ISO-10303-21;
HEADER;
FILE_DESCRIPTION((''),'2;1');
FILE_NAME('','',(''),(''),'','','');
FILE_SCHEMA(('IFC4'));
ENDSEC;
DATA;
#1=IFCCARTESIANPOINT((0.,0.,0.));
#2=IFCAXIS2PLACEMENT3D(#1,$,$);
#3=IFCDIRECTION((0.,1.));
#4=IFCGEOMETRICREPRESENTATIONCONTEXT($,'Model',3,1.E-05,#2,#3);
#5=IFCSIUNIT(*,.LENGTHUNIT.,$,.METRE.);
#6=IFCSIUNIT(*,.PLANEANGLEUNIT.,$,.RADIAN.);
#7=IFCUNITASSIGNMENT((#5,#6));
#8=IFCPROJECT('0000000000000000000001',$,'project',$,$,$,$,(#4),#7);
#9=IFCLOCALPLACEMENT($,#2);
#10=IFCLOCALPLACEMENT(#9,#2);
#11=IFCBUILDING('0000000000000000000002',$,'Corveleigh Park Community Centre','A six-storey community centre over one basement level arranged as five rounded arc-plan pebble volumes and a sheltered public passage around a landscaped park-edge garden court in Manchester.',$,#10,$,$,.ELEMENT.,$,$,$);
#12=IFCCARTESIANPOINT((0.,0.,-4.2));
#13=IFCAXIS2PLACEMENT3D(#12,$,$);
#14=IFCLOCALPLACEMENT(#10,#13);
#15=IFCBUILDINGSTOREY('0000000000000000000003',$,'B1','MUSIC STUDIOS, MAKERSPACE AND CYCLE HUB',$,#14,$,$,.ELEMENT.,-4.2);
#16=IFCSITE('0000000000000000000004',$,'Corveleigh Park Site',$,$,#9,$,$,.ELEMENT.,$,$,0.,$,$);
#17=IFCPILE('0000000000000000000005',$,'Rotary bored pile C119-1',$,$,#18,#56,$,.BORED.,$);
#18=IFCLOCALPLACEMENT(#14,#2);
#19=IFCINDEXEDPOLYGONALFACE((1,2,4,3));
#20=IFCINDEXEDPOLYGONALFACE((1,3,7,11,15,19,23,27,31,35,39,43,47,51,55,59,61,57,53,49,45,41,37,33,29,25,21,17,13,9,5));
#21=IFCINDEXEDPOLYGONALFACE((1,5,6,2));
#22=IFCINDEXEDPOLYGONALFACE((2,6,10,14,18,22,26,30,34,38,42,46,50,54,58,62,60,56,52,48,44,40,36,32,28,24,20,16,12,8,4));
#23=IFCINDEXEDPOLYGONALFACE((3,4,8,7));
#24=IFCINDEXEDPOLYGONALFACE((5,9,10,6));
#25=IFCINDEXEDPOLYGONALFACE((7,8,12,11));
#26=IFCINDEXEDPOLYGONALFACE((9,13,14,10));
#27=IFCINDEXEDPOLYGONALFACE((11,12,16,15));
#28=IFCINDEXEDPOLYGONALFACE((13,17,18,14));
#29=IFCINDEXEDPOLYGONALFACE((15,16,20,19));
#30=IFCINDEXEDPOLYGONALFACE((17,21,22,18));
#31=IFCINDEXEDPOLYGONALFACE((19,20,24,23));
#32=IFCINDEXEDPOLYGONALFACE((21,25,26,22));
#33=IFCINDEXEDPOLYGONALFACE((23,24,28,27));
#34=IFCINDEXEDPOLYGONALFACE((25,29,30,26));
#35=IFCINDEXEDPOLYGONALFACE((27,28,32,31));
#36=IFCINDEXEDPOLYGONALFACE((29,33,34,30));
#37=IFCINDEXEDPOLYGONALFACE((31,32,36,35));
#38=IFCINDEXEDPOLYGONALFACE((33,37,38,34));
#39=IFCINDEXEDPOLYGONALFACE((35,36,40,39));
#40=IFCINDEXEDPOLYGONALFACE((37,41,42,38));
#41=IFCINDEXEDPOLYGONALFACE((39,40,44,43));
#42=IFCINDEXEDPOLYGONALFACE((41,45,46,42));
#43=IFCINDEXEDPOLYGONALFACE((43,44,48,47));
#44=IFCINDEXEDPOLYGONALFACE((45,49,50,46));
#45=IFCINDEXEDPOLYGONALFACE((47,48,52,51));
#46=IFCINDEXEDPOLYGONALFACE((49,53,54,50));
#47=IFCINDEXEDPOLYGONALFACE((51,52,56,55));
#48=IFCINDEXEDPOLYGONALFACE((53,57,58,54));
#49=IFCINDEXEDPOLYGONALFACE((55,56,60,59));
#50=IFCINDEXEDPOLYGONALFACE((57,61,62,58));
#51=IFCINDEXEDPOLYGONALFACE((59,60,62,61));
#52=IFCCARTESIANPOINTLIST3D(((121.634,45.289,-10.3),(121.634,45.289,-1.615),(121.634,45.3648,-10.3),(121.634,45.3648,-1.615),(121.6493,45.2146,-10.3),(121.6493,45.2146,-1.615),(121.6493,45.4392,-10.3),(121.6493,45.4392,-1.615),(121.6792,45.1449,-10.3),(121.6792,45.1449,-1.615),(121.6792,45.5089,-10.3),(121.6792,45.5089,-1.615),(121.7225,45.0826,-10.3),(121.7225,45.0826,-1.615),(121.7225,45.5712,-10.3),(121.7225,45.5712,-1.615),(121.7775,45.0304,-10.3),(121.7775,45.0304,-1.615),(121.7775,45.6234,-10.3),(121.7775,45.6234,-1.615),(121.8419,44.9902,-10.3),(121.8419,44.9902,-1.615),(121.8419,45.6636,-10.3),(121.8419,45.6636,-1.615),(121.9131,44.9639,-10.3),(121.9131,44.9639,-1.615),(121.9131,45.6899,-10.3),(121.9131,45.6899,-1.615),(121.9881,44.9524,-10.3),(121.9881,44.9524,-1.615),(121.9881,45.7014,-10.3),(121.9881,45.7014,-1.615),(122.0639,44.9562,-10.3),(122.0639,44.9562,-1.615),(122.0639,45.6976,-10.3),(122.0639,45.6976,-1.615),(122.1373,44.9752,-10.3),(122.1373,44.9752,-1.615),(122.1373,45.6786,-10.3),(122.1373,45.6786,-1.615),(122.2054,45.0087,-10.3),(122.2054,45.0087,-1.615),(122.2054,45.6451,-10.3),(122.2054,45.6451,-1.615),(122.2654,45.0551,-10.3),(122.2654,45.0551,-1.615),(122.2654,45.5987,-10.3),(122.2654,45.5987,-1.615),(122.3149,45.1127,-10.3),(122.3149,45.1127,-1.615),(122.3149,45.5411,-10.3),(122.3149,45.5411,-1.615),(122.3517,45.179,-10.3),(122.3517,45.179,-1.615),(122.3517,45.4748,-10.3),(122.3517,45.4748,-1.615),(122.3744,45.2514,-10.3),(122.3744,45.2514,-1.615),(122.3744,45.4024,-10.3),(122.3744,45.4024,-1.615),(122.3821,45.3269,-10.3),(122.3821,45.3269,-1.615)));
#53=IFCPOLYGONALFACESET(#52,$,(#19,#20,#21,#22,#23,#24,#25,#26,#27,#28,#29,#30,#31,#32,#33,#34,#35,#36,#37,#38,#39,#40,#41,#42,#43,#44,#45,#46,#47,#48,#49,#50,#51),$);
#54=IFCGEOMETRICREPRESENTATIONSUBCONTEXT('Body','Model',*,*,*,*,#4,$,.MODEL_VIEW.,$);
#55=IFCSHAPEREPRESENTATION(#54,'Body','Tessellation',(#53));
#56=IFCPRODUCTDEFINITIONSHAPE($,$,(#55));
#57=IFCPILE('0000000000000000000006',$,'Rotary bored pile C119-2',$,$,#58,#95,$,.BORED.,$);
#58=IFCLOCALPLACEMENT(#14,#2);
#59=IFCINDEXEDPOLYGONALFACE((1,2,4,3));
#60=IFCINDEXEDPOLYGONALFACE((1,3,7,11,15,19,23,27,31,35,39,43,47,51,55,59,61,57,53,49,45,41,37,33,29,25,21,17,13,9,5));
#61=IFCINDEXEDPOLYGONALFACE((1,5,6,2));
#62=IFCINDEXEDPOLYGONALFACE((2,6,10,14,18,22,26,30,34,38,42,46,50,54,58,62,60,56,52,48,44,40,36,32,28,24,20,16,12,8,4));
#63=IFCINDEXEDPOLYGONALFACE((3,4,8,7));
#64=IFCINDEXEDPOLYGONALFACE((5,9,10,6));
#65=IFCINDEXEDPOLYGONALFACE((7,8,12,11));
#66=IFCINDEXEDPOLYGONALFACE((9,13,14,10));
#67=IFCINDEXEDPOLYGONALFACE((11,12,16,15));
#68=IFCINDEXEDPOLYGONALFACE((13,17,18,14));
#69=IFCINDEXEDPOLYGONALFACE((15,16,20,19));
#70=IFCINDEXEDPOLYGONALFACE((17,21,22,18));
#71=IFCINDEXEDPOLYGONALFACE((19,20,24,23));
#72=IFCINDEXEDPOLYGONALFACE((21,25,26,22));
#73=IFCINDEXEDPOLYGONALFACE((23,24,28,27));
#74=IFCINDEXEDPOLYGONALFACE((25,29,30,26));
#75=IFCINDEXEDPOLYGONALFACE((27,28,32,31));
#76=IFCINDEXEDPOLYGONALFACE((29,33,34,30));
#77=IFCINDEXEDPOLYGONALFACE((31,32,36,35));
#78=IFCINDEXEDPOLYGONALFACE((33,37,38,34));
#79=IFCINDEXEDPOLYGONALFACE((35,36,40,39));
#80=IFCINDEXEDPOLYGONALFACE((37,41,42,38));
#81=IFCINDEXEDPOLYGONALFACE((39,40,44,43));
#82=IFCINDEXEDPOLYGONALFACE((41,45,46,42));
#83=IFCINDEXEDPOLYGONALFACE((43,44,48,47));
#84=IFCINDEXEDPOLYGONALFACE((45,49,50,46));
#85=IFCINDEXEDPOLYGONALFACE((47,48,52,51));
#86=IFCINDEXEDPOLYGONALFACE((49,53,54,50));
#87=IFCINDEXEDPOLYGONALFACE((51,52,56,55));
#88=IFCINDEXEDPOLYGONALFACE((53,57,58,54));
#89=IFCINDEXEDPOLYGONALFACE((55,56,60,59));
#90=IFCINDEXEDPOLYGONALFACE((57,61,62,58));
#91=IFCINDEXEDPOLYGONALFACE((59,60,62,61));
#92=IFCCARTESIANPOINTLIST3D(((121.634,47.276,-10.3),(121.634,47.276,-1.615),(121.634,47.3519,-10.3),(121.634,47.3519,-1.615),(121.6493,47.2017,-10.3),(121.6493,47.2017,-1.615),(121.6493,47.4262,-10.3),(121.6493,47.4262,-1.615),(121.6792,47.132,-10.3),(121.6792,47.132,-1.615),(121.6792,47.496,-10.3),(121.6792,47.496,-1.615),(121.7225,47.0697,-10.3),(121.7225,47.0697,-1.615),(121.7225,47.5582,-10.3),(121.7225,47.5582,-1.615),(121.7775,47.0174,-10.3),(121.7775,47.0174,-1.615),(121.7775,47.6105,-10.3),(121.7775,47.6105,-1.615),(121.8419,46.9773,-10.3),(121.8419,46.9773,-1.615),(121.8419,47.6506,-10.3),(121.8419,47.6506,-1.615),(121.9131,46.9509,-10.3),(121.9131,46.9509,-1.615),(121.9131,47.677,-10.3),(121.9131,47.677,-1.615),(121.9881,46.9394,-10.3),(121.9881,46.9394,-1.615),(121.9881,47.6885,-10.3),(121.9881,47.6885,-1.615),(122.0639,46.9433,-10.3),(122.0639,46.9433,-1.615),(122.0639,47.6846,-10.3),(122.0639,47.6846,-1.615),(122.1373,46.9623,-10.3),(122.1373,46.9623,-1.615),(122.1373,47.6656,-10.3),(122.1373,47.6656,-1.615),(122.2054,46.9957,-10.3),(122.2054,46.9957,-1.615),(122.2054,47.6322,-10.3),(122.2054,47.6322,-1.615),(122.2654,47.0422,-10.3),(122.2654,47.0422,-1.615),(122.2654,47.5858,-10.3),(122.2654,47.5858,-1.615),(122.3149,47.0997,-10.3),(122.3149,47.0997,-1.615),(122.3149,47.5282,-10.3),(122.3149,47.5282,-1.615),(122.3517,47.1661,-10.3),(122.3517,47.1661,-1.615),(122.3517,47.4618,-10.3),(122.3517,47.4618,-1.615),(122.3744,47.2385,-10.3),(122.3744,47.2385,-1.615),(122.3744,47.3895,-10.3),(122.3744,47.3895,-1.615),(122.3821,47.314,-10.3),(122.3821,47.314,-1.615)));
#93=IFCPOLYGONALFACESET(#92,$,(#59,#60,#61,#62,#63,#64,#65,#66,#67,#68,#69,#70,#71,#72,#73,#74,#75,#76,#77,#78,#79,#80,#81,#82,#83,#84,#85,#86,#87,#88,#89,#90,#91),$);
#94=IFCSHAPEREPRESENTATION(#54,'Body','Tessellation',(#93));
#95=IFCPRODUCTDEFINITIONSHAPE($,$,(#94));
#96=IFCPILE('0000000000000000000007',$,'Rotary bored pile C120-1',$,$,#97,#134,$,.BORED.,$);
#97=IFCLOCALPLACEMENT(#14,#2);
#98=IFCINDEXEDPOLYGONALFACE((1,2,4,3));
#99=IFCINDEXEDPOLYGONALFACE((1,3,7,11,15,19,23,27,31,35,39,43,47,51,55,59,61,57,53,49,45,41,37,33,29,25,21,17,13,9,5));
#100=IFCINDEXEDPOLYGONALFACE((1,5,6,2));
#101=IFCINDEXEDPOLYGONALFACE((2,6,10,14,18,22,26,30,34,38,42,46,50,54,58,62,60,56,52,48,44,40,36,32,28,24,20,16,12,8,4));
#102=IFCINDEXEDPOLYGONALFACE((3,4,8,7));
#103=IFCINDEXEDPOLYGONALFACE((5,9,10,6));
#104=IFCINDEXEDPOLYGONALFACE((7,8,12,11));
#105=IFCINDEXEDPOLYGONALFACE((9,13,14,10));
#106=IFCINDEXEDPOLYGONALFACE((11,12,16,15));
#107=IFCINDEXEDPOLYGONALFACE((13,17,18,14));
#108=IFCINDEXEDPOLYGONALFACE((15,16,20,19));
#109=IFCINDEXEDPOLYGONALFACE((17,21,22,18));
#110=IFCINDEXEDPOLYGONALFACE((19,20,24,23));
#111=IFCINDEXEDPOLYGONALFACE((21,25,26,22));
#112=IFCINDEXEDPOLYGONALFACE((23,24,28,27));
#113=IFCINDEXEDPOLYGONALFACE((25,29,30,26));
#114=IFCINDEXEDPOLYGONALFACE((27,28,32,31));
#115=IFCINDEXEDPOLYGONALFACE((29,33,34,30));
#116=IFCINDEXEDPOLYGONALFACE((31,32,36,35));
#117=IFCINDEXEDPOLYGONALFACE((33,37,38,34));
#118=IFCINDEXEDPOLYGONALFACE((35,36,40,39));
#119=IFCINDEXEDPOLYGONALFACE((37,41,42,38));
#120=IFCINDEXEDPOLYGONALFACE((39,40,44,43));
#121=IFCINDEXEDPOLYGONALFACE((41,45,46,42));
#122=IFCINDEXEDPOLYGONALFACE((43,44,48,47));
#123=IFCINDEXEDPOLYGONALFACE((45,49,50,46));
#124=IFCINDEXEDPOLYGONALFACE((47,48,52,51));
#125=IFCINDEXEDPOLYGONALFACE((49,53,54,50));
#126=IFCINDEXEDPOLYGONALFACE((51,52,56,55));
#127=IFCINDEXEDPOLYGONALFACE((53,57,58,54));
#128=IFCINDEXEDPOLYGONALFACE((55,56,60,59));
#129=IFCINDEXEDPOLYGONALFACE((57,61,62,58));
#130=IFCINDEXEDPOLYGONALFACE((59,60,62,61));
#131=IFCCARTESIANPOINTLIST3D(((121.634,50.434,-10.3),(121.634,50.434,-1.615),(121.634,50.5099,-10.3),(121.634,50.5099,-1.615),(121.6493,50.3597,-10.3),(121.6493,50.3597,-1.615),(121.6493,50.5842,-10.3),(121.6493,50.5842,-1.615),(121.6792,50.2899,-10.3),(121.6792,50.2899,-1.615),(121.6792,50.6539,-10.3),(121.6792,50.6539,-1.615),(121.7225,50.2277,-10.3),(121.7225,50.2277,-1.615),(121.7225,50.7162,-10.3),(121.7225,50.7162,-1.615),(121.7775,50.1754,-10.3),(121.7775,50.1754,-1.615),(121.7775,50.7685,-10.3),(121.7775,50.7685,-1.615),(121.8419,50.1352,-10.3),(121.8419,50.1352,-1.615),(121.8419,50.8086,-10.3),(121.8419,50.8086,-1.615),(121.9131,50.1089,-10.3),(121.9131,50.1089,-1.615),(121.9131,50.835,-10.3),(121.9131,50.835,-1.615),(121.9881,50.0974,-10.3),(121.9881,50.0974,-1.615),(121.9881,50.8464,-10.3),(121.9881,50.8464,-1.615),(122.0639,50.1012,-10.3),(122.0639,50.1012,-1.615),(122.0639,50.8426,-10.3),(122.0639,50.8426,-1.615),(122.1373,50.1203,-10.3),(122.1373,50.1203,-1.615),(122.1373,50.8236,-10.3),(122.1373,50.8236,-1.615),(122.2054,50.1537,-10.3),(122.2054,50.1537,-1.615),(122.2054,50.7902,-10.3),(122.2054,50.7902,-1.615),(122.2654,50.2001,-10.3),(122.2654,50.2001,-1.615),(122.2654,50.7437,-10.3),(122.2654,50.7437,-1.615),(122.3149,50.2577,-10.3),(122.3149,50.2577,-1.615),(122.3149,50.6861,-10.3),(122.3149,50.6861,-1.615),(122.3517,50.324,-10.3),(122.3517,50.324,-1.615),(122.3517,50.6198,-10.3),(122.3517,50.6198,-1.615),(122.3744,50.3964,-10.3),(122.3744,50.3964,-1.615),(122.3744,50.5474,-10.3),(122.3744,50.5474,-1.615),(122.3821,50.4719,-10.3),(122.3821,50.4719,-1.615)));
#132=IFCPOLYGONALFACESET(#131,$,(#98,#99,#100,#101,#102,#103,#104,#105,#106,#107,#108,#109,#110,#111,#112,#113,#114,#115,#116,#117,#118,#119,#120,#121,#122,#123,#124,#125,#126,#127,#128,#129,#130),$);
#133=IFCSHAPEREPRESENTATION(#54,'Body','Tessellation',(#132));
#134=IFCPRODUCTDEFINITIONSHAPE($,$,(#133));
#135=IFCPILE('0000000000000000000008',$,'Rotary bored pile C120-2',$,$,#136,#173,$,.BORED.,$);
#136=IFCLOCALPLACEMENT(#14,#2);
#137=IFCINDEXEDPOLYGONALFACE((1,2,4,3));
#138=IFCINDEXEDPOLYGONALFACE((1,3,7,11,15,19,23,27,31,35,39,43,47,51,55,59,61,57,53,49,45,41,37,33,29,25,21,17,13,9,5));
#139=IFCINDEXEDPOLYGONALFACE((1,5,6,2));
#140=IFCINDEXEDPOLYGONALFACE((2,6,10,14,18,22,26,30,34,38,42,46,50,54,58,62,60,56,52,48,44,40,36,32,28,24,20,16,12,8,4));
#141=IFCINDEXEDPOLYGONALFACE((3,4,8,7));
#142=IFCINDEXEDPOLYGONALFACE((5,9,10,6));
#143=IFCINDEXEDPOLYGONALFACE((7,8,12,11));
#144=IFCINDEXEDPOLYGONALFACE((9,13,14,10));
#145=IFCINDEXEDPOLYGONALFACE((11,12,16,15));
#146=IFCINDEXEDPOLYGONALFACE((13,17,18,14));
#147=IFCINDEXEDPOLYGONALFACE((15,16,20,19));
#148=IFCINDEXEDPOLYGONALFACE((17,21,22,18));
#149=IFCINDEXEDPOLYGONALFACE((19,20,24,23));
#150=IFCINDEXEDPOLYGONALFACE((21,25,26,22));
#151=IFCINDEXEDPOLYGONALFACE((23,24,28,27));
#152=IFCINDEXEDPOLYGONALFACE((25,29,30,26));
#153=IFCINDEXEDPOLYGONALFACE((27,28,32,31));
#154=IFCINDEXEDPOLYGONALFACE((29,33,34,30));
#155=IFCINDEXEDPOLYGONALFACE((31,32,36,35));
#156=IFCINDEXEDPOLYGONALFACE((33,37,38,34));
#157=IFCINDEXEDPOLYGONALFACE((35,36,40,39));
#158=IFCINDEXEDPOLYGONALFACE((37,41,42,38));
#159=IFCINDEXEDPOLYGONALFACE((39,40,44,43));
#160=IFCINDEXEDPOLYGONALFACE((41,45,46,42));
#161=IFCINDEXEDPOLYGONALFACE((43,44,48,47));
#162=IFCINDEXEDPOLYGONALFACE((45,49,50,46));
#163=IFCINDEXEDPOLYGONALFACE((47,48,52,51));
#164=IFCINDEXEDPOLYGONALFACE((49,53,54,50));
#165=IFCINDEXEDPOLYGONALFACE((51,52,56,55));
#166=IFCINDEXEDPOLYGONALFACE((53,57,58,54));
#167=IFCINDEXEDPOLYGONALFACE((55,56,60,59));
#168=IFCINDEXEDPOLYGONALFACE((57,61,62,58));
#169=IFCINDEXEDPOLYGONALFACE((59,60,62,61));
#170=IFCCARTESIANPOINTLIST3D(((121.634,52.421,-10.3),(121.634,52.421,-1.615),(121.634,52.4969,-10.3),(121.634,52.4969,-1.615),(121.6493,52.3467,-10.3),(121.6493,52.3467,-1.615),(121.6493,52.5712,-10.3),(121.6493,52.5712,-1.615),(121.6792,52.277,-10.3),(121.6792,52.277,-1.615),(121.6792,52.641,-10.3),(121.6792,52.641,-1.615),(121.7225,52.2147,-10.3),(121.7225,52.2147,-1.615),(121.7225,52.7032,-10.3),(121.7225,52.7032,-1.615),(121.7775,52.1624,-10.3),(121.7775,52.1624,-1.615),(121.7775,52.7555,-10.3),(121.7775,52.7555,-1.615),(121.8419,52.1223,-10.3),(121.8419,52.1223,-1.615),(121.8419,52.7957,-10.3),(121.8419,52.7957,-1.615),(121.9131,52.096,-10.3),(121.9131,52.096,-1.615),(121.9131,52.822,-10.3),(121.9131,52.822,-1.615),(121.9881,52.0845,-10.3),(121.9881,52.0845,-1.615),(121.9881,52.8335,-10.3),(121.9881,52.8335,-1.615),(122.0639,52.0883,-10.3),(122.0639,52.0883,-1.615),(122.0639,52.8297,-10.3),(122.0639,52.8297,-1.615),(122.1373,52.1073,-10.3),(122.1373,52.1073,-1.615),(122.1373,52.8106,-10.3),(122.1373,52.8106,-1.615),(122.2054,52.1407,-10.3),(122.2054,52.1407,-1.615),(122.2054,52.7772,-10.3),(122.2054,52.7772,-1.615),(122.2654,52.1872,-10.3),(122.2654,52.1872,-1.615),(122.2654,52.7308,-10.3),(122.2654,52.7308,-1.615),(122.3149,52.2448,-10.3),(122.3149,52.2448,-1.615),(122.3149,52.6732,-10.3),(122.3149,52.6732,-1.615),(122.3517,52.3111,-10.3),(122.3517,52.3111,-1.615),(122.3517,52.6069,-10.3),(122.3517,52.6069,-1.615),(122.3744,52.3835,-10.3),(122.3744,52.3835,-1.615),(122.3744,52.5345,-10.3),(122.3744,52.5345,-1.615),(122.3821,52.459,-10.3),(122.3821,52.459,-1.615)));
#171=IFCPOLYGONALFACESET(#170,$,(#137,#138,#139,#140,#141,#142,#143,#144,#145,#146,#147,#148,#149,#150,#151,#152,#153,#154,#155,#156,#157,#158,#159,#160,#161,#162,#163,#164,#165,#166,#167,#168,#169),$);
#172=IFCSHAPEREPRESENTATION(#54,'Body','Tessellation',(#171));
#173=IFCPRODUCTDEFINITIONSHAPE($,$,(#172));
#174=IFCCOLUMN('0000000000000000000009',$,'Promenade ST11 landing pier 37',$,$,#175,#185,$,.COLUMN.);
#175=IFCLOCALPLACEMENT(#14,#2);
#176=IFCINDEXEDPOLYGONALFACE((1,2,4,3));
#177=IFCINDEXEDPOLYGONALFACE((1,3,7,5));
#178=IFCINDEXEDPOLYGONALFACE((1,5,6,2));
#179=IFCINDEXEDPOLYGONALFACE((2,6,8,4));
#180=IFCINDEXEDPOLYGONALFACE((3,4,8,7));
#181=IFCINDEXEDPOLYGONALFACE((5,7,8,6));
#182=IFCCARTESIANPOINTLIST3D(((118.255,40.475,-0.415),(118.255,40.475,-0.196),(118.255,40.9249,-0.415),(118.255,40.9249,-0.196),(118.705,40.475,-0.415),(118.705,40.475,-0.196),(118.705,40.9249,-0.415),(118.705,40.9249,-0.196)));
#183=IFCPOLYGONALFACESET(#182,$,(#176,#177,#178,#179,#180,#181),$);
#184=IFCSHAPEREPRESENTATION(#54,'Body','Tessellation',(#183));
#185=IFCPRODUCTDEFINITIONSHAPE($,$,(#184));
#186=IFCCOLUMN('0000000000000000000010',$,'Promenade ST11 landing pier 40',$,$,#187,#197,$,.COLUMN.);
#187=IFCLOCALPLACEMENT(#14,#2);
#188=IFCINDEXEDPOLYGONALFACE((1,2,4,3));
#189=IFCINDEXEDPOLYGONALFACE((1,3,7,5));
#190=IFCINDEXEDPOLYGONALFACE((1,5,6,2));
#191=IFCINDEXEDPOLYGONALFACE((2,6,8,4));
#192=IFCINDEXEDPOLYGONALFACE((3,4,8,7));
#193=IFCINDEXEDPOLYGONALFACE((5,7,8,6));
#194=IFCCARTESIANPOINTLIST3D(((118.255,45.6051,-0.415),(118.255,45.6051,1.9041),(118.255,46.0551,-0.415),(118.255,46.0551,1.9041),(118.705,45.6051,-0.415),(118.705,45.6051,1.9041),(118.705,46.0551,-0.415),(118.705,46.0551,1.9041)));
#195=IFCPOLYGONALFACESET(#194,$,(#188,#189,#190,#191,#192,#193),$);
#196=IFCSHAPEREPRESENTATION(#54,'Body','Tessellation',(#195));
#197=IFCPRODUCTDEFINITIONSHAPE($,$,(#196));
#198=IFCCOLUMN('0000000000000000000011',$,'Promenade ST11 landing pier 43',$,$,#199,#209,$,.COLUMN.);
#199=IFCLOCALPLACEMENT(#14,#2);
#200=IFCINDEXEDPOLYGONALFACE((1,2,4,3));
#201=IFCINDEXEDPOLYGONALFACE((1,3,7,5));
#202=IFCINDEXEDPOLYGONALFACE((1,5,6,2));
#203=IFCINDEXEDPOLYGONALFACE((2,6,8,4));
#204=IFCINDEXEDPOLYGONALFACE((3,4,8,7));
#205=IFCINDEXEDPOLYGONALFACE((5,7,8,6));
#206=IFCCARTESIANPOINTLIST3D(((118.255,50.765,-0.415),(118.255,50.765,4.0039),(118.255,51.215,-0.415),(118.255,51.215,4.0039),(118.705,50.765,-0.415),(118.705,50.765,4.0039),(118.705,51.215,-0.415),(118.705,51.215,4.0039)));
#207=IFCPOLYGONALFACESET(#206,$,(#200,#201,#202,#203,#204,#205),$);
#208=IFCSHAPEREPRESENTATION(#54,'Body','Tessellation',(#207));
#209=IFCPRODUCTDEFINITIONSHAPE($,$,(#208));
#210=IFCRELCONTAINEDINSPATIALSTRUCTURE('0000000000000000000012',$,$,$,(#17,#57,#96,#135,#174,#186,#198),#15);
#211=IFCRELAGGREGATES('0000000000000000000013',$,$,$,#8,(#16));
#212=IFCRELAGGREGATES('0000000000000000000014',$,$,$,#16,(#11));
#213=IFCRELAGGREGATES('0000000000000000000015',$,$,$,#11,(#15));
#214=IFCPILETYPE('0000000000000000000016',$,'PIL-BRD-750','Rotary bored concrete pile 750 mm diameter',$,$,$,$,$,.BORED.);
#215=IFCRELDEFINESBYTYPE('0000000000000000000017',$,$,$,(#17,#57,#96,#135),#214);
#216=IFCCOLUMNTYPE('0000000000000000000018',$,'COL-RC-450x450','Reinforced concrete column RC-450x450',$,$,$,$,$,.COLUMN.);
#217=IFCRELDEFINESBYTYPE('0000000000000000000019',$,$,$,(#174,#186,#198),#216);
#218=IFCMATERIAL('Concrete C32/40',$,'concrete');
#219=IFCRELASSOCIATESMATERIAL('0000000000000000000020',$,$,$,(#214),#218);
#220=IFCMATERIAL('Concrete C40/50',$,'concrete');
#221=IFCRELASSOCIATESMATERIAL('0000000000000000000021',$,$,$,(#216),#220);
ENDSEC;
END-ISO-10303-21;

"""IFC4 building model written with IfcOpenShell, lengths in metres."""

from ifc_helpers import new_model, si_unit, direction, frame, origin, origin_2d, place, context, subcontext, project, spatial, rectangle, circle, extrude, material, material_profile, profile_set, type_object, element, save


model = new_model("IFC4")

# Units and contexts
model_context = context("Model", 3, precision=1e-05, world=origin(), true_north=direction((0.0, 1.0)))
body_context = subcontext(model_context, "Body", "Model", "MODEL_VIEW")
ifc_project = project(units=[si_unit("LENGTHUNIT", "METRE"), si_unit("PLANEANGLEUNIT", "RADIAN")], contexts=[model_context])

# Site, building, storey
site_placement = place(None, origin())
site = spatial("IfcSite", under=ifc_project, at=site_placement, Name="Corveleigh Park Site", CompositionType="ELEMENT", RefElevation=0.0)
building_placement = place(site_placement, origin())
building = spatial("IfcBuilding", under=site, at=building_placement, Name="Corveleigh Park Community Centre", Description="A six-storey community centre over one basement level arranged as five rounded arc-plan pebble volumes and a sheltered public passage around a landscaped park-edge garden court in Manchester.", CompositionType="ELEMENT")
storey_placement = place(building_placement, frame((0.0, 0.0, -4.2)))
storey = spatial("IfcBuildingStorey", under=building, at=storey_placement, Name="B1", Description="MUSIC STUDIOS, MAKERSPACE AND CYCLE HUB", CompositionType="ELEMENT", Elevation=-4.2)

# Shared definitions
ifc_material_1 = material(Name="Concrete C40/50", Category="concrete")

# Piles
ifc_material_2 = material(Name="Concrete C32/40", Category="concrete")
ifc_material_profile_1 = material_profile(ifc_material_2, circle(Radius=0.375, at=origin_2d()), Name="BORED-PILE-750", Category="concrete")
ifc_profile_set_1 = profile_set([ifc_material_profile_1], Name="Concrete C32/40")
pile_type = type_object("IfcPileType", Name="PIL-BRD-750", Description="Rotary bored concrete pile 750 mm diameter", PredefinedType="BORED", material=ifc_profile_set_1)
for number, where, z_axis, x_axis, name in (
    (1, (122.0071, 45.3269, -1.615), (0.0, 0.0, -1.0), (1.0, 0.0, 0.0), "Rotary bored pile C119-1"),
    (2, (122.0071, 47.314, -1.615), (0.0, 0.0, -1.0), (1.0, 0.0, 0.0), "Rotary bored pile C119-2"),
    (3, (122.0071, 50.4719, -1.615), (0.0, 0.0, -1.0), (1.0, 0.0, 0.0), "Rotary bored pile C120-1"),
    (4, (122.0071, 52.459, -1.615), (0.0, 0.0, -1.0), (1.0, 0.0, 0.0), "Rotary bored pile C120-2"),
):
    element("IfcPile", number, at=place(storey_placement, frame(where, z_axis=z_axis, x_axis=x_axis)), inside=storey, type_object=pile_type, Name=name, PredefinedType="BORED", context=body_context, shape_type="SweptSolid", body=[
        extrude(circle(Radius=0.375, at=origin_2d()), origin(), (0.0, 0.0, 1.0), 8.6851),
    ])

# Columns
ifc_material_profile_2 = material_profile(ifc_material_1, rectangle(XDim=0.45, YDim=0.45, at=origin_2d()), Name="RC-450x450", Category="concrete")
ifc_profile_set_2 = profile_set([ifc_material_profile_2], Name="Concrete C40/50")
column_type = type_object("IfcColumnType", Name="COL-RC-450x450", Description="Reinforced concrete column RC-450x450", PredefinedType="COLUMN", material=ifc_profile_set_2)
column_1_placement = place(storey_placement, frame((118.48, 40.7, -0.415), z_axis=(0.0, 0.0, 1.0), x_axis=(1.0, 0.0, 0.0)))
element("IfcColumn", 5, at=column_1_placement, inside=storey, type_object=column_type, Name="Promenade ST11 landing pier 37", PredefinedType="COLUMN", context=body_context, shape_type="SweptSolid", body=[
    extrude(rectangle(XDim=0.45, YDim=0.45, at=origin_2d()), origin(), (0.0, 0.0, 1.0), 0.219),
])
column_2_placement = place(storey_placement, frame((118.48, 45.8301, -0.415), z_axis=(0.0, 0.0, 1.0), x_axis=(1.0, 0.0, 0.0)))
element("IfcColumn", 6, at=column_2_placement, inside=storey, type_object=column_type, Name="Promenade ST11 landing pier 40", PredefinedType="COLUMN", context=body_context, shape_type="SweptSolid", body=[
    extrude(rectangle(XDim=0.45, YDim=0.45, at=origin_2d()), origin(), (0.0, 0.0, 1.0), 2.3191),
])
for number, where, z_axis, x_axis, name in (
    (7, (118.48, 50.99, -0.415), (0.0, 0.0, 1.0), (1.0, 0.0, 0.0), "Promenade ST11 landing pier 43"),
):
    element("IfcColumn", number, at=place(storey_placement, frame(where, z_axis=z_axis, x_axis=x_axis)), inside=storey, type_object=column_type, Name=name, PredefinedType="COLUMN", context=body_context, shape_type="SweptSolid", body=[
        extrude(rectangle(XDim=0.45, YDim=0.45, at=origin_2d()), origin(), (0.0, 0.0, 1.0), 4.4189),
    ])

save(model, "model.ifc")
